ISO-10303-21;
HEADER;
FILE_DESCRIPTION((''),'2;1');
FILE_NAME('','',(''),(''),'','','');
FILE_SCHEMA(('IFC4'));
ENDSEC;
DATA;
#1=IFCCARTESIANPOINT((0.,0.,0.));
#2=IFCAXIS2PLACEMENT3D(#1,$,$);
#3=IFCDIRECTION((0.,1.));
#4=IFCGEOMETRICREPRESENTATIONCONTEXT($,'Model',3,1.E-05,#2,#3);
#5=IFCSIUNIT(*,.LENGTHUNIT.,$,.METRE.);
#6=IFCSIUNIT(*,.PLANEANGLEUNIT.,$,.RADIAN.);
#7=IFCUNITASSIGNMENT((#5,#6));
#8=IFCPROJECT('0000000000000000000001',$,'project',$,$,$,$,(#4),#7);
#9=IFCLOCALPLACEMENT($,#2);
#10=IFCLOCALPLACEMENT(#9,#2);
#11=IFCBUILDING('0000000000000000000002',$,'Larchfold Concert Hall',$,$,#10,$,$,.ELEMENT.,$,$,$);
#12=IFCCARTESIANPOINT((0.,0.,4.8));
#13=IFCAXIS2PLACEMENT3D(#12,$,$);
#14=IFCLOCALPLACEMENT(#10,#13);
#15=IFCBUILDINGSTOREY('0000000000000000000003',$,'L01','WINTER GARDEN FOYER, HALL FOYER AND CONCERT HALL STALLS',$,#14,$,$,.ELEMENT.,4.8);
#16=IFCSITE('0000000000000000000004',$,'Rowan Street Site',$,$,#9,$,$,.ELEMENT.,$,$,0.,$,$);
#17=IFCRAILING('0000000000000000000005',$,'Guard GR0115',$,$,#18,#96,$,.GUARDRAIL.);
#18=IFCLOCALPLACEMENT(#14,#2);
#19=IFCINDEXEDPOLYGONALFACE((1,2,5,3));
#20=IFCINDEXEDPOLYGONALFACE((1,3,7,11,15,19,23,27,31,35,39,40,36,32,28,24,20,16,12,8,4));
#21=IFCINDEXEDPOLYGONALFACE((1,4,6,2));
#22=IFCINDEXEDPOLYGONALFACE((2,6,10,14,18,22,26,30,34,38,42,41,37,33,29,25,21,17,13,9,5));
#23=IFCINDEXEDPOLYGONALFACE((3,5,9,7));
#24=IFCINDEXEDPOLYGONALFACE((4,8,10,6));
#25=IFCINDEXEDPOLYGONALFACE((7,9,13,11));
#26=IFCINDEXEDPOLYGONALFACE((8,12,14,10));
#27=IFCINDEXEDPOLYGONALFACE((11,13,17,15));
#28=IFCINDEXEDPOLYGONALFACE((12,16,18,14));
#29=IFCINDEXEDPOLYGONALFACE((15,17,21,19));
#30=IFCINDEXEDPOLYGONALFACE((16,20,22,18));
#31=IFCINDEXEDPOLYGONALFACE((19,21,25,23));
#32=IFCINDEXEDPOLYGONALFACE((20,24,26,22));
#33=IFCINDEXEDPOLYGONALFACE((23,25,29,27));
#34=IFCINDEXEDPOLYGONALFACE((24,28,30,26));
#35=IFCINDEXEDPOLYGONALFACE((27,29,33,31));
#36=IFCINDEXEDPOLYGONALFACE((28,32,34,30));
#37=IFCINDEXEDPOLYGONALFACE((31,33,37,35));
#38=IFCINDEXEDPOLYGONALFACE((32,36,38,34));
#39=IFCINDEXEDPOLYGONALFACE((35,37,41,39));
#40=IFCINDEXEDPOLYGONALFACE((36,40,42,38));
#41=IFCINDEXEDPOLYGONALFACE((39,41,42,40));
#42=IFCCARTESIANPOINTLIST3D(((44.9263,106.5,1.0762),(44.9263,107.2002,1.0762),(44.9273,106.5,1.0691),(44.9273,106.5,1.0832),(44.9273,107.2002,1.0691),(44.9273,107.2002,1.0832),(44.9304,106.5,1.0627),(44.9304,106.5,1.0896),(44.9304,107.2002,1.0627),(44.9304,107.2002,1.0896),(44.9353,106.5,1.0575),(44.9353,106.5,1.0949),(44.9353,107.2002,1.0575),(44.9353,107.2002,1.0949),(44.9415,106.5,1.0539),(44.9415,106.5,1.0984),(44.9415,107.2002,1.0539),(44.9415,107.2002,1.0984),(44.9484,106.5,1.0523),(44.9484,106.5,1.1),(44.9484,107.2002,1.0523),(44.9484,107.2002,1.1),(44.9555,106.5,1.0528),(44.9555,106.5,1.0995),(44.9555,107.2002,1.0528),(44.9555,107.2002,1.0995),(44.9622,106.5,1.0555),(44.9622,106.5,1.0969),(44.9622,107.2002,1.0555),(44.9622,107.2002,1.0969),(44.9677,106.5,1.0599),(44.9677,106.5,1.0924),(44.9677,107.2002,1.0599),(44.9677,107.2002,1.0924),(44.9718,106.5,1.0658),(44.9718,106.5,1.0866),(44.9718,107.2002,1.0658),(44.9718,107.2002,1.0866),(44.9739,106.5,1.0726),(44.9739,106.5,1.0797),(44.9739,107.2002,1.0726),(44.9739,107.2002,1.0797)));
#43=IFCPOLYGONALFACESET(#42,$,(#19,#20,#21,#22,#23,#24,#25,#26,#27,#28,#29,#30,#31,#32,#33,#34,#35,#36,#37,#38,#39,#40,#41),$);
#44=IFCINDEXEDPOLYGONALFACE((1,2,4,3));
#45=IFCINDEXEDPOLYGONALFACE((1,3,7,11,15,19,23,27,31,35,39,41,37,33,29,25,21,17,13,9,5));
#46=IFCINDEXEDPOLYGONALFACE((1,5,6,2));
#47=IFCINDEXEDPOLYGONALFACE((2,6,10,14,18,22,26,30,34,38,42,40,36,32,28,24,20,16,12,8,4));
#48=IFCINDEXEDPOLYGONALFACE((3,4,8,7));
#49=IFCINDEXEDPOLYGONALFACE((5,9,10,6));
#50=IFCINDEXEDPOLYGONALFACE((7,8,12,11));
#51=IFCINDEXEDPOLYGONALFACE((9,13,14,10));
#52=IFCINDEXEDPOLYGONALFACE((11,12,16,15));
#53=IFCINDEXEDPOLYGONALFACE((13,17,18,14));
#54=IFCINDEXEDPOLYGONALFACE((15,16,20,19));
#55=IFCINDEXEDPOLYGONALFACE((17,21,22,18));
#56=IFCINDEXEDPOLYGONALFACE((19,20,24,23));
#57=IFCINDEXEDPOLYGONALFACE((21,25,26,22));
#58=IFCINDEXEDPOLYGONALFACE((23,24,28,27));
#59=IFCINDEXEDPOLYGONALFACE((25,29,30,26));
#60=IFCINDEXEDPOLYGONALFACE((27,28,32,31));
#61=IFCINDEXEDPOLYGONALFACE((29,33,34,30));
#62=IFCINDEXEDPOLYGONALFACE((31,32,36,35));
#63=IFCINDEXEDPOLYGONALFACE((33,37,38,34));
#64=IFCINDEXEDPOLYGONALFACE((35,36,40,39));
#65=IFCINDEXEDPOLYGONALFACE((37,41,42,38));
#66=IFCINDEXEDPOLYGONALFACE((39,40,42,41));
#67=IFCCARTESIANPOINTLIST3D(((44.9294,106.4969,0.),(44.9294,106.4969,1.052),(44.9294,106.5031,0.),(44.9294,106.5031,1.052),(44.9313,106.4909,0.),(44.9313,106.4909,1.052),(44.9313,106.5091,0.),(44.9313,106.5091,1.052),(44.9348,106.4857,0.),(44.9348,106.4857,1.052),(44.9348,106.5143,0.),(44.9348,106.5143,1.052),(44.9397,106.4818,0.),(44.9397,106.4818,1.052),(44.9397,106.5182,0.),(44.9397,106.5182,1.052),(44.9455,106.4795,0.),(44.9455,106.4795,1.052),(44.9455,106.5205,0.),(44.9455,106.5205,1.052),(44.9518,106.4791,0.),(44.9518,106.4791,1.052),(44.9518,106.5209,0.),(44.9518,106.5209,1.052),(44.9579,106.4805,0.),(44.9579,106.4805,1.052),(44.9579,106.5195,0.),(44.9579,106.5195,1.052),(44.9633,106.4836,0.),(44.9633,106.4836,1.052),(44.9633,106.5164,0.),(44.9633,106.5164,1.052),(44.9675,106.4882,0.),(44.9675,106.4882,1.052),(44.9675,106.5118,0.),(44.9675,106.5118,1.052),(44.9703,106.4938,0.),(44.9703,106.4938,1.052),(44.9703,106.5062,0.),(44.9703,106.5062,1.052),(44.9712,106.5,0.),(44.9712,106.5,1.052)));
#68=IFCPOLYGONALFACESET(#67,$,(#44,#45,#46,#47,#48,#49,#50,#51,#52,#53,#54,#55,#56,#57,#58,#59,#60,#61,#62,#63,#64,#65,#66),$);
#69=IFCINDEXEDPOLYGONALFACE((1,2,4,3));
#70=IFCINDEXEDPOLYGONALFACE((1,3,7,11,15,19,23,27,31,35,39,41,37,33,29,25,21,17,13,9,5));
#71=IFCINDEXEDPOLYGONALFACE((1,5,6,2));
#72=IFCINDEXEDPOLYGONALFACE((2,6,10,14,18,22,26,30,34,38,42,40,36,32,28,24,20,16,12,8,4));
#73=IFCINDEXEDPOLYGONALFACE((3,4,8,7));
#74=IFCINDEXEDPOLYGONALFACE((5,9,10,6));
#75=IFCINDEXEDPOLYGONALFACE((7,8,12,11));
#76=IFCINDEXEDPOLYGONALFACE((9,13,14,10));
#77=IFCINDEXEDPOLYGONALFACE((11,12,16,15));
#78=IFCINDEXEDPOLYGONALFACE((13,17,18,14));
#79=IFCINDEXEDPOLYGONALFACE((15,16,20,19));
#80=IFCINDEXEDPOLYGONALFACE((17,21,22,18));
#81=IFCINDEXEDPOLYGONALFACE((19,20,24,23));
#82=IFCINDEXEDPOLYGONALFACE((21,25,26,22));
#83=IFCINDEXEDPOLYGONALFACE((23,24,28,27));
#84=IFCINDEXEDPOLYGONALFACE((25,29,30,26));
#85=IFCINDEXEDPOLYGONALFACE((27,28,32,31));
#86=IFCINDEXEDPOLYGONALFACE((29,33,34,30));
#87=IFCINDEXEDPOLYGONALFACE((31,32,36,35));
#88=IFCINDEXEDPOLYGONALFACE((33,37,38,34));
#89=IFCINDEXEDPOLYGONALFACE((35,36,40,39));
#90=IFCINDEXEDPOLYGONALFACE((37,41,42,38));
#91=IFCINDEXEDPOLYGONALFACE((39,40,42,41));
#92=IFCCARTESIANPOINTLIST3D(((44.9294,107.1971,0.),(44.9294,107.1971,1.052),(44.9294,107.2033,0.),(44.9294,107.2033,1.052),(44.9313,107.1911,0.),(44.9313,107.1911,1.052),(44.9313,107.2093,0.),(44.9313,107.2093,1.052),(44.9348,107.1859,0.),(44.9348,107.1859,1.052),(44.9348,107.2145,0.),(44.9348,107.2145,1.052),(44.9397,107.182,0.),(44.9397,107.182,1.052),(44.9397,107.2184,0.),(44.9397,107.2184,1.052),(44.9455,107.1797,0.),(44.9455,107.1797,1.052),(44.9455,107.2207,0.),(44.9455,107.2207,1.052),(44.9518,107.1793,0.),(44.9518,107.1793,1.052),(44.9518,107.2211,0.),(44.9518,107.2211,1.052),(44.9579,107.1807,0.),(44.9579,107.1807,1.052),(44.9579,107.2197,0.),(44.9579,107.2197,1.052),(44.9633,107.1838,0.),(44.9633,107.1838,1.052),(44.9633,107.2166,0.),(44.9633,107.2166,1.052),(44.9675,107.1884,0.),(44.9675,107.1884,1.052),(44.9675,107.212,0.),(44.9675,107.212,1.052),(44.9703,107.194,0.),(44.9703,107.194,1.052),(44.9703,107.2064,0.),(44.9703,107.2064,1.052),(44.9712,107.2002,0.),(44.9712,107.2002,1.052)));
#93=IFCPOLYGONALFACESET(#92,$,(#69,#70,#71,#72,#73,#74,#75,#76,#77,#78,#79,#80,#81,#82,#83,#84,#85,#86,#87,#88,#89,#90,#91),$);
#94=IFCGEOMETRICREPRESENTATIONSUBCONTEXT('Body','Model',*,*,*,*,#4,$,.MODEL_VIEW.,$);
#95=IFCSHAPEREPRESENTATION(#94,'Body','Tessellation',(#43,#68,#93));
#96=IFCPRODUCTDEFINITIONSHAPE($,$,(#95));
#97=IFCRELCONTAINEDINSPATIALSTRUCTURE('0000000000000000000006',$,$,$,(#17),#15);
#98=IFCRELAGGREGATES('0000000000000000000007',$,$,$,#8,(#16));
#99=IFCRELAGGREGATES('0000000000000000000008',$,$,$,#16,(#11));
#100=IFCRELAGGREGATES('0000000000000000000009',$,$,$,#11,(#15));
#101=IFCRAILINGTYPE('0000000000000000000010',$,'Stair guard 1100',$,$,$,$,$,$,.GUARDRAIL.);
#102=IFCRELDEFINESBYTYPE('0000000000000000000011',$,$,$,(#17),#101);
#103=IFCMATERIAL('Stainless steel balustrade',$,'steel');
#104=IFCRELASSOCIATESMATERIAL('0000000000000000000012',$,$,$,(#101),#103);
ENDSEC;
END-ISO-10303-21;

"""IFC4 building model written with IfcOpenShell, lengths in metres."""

from ifc_helpers import new_model, si_unit, direction, frame, origin, origin_2d, place, context, subcontext, project, spatial, circle, extrude, material, type_object, element, save


model = new_model("IFC4")

# Units and contexts
model_context = context("Model", 3, precision=1e-05, world=origin(), true_north=direction((0.0, 1.0)))
body_context = subcontext(model_context, "Body", "Model", "MODEL_VIEW")
ifc_project = project(units=[si_unit("LENGTHUNIT", "METRE"), si_unit("PLANEANGLEUNIT", "RADIAN")], contexts=[model_context])

# Site, building, storey
site_placement = place(None, origin())
site = spatial("IfcSite", under=ifc_project, at=site_placement, Name="Rowan Street Site", CompositionType="ELEMENT", RefElevation=0.0)
building_placement = place(site_placement, origin())
building = spatial("IfcBuilding", under=site, at=building_placement, Name="Larchfold Concert Hall", CompositionType="ELEMENT")
storey_placement = place(building_placement, frame((0.0, 0.0, 4.8)))
storey = spatial("IfcBuildingStorey", under=building, at=storey_placement, Name="L01", Description="WINTER GARDEN FOYER, HALL FOYER AND CONCERT HALL STALLS", CompositionType="ELEMENT", Elevation=4.8)

# Railing
ifc_material_1 = material(Name="Stainless steel balustrade", Category="steel")
railing_type_1 = type_object("IfcRailingType", Name="Stair guard 1100", PredefinedType="GUARDRAIL", material=ifc_material_1)
railing_1_placement = place(storey_placement, frame((44.9502, 106.5, 0.0)))
element("IfcRailing", 1, at=railing_1_placement, inside=storey, type_object=railing_type_1, Name="Guard GR0115", PredefinedType="GUARDRAIL", context=body_context, shape_type="SweptSolid", body=[
    extrude(circle(Radius=0.0239, at=origin_2d()), frame((0.0, 0.0, 1.0762), z_axis=(0.0, 1.0, 0.0), x_axis=(-1.0, 0.0, 0.0)), (0.0, 0.0, 1.0), 0.7002),
    extrude(circle(Radius=0.021, at=origin_2d()), origin(), (0.0, 0.0, 1.0), 1.052),
    extrude(circle(Radius=0.021, at=origin_2d()), frame((0.0, 0.7002, 0.0)), (0.0, 0.0, 1.0), 1.052),
])

save(model, "model.ifc")
